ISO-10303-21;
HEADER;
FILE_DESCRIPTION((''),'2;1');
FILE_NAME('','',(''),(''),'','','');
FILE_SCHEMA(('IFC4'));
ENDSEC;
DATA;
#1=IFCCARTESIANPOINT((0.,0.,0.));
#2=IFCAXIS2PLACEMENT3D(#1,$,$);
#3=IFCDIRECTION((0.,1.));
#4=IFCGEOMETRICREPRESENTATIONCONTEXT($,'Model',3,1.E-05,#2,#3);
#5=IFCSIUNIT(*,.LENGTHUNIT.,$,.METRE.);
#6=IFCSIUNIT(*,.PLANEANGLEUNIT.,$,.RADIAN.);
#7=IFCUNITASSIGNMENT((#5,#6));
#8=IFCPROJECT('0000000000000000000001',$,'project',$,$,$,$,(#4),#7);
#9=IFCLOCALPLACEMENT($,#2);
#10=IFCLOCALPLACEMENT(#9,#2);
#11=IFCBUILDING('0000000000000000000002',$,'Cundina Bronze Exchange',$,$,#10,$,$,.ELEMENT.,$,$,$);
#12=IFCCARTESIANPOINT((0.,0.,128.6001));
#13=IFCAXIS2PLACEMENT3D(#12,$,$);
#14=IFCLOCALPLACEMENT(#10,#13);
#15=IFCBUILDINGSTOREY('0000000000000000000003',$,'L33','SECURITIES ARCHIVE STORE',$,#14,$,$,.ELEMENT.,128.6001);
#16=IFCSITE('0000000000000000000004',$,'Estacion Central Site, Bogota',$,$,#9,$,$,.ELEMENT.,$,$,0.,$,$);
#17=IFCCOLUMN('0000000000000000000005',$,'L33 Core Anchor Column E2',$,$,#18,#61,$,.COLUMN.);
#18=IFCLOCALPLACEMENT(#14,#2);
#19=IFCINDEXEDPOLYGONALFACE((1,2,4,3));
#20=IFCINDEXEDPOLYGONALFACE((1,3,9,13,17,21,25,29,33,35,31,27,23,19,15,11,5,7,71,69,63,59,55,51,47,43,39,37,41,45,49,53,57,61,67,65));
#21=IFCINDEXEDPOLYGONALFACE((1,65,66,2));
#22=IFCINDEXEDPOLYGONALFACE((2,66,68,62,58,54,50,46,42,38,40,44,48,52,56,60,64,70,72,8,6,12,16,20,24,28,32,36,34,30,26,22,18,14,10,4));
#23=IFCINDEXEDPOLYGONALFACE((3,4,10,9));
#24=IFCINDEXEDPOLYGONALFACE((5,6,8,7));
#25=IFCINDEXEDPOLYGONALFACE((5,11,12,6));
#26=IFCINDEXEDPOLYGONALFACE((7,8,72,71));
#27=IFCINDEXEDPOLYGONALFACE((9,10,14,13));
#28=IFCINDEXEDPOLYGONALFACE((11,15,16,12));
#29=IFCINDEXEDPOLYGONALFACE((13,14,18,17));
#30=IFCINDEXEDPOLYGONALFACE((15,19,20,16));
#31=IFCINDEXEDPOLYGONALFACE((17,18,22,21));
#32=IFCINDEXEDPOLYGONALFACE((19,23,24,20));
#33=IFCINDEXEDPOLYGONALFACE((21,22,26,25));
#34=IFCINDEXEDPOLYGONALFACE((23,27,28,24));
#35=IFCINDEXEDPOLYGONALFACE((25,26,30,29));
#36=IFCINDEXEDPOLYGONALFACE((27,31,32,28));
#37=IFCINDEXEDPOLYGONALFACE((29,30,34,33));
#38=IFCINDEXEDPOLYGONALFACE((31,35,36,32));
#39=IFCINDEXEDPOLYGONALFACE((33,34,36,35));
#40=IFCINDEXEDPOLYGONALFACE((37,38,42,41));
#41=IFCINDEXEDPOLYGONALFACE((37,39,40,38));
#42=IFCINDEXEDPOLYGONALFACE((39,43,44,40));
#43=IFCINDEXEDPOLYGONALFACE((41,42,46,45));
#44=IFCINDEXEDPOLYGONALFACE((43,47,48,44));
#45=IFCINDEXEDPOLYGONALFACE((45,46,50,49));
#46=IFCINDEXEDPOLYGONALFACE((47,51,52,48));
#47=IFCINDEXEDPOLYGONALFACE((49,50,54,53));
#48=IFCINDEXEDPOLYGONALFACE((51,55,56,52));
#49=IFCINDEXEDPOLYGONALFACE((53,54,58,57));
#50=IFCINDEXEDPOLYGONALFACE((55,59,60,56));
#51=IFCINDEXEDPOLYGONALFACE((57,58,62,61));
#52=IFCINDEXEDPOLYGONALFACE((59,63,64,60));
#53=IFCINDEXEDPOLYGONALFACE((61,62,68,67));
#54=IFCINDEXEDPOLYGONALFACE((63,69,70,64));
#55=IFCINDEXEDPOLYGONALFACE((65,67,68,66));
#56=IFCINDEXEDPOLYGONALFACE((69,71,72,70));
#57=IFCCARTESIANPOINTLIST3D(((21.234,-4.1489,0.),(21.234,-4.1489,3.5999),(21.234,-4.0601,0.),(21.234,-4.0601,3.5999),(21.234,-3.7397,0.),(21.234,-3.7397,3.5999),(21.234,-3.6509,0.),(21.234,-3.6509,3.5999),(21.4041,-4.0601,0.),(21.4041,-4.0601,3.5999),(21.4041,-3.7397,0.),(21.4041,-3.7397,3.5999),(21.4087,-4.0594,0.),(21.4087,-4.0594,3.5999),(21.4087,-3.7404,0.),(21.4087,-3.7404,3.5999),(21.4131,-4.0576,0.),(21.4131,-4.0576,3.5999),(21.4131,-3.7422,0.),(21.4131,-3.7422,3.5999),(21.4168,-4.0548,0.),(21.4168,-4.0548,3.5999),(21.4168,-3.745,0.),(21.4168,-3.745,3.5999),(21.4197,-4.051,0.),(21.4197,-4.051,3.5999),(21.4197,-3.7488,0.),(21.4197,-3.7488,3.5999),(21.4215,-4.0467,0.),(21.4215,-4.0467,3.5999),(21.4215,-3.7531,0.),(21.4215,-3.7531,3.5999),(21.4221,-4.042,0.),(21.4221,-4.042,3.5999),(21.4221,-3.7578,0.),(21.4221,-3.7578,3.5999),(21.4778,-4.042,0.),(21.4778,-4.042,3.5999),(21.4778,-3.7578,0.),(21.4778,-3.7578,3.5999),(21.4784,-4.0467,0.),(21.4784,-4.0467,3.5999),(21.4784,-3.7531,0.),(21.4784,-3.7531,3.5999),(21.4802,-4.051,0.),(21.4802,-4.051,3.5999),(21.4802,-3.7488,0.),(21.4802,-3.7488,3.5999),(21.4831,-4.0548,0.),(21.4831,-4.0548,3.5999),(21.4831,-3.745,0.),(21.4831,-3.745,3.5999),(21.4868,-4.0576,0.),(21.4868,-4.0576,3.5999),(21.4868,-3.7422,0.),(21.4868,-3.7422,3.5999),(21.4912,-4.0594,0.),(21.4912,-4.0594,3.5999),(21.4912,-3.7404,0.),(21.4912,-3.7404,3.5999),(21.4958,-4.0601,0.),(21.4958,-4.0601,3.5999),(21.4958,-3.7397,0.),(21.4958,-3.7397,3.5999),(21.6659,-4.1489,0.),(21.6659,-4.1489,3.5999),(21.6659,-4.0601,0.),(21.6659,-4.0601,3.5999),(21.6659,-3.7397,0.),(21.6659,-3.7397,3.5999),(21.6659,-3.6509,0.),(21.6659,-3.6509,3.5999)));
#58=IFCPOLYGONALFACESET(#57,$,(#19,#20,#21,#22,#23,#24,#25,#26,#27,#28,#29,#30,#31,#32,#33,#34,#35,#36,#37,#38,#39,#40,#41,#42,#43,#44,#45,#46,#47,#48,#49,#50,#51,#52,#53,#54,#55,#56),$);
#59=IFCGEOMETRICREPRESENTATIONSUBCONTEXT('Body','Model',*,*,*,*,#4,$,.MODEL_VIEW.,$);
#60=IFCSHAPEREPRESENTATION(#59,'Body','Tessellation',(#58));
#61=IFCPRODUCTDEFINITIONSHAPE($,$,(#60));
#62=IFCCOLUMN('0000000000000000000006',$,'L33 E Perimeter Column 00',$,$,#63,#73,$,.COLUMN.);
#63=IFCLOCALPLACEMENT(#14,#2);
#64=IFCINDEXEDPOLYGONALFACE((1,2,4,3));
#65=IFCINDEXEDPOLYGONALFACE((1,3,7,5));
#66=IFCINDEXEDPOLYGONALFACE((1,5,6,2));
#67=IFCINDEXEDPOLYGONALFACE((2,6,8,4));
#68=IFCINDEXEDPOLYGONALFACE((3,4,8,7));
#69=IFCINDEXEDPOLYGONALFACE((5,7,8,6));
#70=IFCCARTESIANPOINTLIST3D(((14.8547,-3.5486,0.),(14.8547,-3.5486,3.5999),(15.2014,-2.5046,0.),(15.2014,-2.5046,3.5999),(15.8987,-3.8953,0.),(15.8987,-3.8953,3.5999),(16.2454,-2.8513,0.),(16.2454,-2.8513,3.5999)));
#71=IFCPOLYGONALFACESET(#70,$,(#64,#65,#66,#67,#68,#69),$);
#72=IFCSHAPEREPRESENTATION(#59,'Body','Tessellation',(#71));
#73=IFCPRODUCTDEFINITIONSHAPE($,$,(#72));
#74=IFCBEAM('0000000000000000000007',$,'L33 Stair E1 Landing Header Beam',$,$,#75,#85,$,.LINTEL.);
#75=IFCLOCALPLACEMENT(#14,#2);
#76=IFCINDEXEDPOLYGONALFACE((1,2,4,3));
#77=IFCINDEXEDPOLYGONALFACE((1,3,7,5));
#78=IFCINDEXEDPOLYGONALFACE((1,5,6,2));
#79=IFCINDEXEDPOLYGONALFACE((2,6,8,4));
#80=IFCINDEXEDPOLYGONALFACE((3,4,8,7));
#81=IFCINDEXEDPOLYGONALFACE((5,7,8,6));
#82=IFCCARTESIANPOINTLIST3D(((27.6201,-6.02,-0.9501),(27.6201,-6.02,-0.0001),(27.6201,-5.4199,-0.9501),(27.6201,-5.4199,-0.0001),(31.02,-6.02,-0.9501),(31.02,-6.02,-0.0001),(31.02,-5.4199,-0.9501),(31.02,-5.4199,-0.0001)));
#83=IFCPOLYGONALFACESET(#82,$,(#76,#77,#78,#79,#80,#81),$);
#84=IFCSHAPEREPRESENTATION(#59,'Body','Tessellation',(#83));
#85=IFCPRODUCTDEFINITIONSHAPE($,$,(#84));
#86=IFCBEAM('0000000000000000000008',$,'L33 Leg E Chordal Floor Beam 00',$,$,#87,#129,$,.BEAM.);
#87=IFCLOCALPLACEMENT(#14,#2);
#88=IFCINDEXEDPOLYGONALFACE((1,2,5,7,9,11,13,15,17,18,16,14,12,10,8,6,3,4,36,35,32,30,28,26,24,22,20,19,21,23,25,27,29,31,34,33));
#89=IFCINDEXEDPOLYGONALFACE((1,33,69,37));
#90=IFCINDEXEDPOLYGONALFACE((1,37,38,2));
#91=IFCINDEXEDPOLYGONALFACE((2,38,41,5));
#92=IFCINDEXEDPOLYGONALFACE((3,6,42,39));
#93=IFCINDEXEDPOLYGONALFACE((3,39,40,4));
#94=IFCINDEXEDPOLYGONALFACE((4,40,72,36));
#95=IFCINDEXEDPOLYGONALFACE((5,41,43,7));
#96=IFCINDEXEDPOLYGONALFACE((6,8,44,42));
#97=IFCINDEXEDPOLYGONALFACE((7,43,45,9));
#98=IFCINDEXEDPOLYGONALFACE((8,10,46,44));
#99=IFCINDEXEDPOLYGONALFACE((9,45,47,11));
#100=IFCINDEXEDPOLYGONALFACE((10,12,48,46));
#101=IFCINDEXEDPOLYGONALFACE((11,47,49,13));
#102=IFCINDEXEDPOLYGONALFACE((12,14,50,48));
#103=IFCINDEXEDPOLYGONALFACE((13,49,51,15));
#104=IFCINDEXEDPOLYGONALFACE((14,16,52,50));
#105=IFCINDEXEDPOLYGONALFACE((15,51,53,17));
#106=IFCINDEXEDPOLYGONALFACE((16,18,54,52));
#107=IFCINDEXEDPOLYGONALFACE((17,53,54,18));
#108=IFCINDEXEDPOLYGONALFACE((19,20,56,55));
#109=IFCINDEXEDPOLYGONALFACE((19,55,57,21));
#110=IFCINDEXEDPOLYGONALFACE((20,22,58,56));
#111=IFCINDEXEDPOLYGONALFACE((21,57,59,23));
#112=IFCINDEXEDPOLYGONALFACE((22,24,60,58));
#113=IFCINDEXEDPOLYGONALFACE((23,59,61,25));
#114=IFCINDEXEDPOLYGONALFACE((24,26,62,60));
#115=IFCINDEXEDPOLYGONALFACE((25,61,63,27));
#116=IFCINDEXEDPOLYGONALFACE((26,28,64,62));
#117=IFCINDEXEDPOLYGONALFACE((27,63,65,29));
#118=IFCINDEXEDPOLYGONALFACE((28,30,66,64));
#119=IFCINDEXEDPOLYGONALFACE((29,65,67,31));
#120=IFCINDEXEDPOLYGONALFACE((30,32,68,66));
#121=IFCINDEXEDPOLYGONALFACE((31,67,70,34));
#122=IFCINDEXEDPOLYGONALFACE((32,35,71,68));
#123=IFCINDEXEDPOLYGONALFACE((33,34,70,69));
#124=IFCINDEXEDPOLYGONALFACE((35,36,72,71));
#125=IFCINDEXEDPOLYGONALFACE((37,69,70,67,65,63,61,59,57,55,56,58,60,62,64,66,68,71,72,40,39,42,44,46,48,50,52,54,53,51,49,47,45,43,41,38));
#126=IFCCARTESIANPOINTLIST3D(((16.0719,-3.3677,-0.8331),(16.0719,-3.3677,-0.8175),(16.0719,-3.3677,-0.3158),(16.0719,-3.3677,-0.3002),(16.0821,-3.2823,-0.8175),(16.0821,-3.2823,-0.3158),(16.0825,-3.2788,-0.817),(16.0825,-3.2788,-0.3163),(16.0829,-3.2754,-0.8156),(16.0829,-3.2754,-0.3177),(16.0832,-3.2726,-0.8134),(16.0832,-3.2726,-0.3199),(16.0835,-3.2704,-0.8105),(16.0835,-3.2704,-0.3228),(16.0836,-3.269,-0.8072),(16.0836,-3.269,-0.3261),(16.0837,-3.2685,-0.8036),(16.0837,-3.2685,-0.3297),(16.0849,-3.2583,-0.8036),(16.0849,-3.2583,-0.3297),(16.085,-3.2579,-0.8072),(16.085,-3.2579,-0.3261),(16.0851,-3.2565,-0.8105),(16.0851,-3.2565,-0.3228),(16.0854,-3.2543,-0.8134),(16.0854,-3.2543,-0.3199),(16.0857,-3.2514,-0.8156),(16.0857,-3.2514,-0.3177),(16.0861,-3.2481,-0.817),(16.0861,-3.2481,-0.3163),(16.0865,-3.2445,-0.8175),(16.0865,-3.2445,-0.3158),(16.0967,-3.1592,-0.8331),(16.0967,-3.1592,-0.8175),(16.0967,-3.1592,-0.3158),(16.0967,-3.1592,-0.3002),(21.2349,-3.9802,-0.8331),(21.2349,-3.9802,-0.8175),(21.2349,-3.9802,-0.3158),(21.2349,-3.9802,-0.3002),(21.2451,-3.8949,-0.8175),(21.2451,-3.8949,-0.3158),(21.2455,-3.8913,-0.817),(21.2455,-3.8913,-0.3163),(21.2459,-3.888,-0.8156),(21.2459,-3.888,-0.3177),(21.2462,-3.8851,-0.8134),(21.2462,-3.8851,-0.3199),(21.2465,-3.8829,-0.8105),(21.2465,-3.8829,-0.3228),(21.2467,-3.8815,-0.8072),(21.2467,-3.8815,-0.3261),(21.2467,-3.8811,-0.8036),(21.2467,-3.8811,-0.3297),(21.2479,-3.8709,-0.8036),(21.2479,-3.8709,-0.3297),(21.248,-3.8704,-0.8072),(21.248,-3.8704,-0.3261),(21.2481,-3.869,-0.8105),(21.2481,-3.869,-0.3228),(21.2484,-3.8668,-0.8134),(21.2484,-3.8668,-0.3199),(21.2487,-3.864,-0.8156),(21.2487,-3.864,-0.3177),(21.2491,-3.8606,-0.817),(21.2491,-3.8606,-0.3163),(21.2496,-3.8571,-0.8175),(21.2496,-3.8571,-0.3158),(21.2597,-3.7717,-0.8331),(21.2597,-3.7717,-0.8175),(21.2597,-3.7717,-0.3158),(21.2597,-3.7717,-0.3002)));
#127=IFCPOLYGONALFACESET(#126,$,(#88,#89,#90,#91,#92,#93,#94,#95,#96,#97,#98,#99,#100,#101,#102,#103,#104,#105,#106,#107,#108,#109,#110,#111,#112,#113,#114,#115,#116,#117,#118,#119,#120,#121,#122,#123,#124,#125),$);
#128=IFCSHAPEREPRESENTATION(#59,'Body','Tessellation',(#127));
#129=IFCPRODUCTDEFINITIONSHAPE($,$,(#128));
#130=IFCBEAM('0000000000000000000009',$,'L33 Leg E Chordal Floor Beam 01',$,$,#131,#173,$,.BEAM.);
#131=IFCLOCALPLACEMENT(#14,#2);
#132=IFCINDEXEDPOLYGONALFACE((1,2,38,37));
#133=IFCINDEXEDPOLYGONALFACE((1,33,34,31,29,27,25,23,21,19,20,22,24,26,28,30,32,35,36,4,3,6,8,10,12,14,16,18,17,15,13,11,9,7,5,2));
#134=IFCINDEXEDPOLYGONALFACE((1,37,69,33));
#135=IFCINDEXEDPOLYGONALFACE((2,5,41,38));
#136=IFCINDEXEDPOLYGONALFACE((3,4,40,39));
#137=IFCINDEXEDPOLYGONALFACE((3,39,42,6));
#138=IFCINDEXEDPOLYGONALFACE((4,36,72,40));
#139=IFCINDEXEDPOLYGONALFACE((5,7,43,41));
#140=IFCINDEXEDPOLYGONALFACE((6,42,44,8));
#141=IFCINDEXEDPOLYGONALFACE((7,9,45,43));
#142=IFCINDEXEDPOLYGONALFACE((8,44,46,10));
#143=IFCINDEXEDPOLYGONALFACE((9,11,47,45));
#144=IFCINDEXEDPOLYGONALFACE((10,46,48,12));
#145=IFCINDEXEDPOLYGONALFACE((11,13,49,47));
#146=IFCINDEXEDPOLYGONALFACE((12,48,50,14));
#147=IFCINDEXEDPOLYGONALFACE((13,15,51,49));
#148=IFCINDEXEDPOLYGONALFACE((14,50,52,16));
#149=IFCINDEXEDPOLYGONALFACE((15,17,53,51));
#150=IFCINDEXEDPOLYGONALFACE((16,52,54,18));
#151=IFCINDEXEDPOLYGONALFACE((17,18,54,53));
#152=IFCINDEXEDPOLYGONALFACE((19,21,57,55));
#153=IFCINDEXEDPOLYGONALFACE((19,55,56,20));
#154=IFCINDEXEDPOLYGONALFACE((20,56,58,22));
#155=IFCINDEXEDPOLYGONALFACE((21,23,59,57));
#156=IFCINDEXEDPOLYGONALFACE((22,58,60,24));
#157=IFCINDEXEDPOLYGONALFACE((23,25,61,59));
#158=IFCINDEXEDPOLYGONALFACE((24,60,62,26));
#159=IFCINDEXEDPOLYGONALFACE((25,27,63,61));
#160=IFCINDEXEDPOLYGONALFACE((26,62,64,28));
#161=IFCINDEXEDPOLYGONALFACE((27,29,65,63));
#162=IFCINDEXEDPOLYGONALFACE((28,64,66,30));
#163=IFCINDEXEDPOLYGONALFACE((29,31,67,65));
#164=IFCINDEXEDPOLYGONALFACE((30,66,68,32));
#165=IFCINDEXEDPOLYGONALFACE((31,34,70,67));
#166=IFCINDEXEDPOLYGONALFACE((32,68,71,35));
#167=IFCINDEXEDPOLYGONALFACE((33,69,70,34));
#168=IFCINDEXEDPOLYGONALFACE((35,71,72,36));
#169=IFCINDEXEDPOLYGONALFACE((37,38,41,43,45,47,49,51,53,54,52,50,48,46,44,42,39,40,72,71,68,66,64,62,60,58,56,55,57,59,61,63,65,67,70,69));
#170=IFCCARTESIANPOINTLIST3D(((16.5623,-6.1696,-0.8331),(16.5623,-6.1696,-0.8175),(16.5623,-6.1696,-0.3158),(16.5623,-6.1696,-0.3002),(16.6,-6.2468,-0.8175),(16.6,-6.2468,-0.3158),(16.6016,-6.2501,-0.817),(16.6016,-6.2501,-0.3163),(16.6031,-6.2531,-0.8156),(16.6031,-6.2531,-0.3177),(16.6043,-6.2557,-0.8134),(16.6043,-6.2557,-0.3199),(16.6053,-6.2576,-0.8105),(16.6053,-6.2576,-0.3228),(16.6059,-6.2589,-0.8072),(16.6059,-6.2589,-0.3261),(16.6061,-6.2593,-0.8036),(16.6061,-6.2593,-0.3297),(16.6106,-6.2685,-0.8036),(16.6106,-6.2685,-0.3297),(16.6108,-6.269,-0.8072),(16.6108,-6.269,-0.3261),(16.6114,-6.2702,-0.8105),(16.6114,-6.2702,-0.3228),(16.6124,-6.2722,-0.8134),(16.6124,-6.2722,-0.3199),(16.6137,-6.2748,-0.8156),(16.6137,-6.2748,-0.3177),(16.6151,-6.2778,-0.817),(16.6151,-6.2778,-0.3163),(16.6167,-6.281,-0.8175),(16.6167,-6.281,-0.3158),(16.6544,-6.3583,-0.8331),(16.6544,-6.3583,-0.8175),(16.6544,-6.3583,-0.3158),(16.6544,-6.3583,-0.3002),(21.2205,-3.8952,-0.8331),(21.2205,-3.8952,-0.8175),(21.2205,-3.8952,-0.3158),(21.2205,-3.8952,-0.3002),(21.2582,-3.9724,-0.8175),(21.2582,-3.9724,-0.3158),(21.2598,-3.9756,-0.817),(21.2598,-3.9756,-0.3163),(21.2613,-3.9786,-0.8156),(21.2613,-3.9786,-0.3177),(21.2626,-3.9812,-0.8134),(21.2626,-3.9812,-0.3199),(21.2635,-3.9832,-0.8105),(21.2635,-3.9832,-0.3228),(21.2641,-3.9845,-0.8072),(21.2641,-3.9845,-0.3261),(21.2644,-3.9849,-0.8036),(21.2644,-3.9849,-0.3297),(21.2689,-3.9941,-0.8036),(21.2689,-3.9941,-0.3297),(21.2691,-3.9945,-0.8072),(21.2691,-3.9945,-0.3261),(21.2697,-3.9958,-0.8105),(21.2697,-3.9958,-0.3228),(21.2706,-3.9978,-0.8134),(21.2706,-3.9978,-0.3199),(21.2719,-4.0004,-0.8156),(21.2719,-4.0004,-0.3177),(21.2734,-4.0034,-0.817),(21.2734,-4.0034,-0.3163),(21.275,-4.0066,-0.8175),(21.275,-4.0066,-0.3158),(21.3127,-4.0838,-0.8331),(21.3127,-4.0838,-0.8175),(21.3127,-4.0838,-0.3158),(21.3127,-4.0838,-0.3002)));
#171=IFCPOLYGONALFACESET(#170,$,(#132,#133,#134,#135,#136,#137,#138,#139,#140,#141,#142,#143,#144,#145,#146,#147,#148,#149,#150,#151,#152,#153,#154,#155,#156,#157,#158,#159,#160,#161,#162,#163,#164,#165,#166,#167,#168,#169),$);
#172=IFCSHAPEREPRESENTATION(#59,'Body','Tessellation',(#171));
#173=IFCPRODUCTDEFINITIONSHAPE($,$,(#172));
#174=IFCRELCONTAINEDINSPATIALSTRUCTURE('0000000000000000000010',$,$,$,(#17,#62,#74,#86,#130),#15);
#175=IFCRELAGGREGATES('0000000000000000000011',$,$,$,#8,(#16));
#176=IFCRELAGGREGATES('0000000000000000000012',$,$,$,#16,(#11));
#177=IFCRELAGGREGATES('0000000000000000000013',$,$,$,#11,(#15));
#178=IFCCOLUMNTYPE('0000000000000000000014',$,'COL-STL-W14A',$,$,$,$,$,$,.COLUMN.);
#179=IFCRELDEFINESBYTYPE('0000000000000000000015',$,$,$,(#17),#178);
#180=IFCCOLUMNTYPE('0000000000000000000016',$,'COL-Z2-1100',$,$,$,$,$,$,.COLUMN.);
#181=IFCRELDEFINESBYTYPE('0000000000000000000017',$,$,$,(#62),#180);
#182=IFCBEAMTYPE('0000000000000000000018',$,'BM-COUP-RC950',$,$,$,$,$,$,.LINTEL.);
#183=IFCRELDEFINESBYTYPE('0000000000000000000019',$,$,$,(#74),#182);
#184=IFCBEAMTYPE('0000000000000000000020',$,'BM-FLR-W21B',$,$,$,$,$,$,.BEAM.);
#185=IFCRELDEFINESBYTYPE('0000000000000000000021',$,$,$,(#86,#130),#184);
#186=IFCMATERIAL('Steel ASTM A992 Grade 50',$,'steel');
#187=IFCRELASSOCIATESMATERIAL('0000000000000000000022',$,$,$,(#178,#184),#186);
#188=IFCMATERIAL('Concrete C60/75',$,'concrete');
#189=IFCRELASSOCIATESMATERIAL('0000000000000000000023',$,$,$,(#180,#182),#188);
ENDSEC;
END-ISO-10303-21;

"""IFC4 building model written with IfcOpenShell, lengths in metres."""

from ifc_helpers import new_model, si_unit, direction, frame, origin, origin_2d, place, context, subcontext, project, spatial, rectangle, i_section, extrude, material, material_profile, profile_set, type_object, element, save


model = new_model("IFC4")

# Units and contexts
model_context = context("Model", 3, precision=1e-05, world=origin(), true_north=direction((0.0, 1.0)))
body_context = subcontext(model_context, "Body", "Model", "MODEL_VIEW")
ifc_project = project(units=[si_unit("LENGTHUNIT", "METRE"), si_unit("PLANEANGLEUNIT", "RADIAN")], contexts=[model_context])

# Site, building, storey
site_placement = place(None, origin())
site = spatial("IfcSite", under=ifc_project, at=site_placement, Name="Estacion Central Site, Bogota", CompositionType="ELEMENT", RefElevation=0.0)
building_placement = place(site_placement, origin())
building = spatial("IfcBuilding", under=site, at=building_placement, Name="Cundina Bronze Exchange", CompositionType="ELEMENT")
storey_placement = place(building_placement, frame((0.0, 0.0, 128.6001)))
storey = spatial("IfcBuildingStorey", under=building, at=storey_placement, Name="L33", Description="SECURITIES ARCHIVE STORE", CompositionType="ELEMENT", Elevation=128.6001)

# Columns
ifc_material_1 = material(Name="Steel ASTM A992 Grade 50", Category="steel")
ifc_material_profile_1 = material_profile(ifc_material_1, i_section(OverallWidth=0.4319, OverallDepth=0.498, WebThickness=0.0557, FlangeThickness=0.0889, FilletRadius=0.0181, at=origin_2d()), Name="W14X500", Category="steel")
ifc_profile_set_1 = profile_set([ifc_material_profile_1], Name="Steel ASTM A992 Grade 50")
column_type_1 = type_object("IfcColumnType", Name="COL-STL-W14A", PredefinedType="COLUMN", material=ifc_profile_set_1)
column_1_placement = place(storey_placement, frame((21.45, -3.8999, 0.0), z_axis=(0.0, 0.0, 1.0), x_axis=(1.0, 0.0, 0.0)))
element("IfcColumn", 1, at=column_1_placement, inside=storey, type_object=column_type_1, Name="L33 Core Anchor Column E2", PredefinedType="COLUMN", context=body_context, shape_type="SweptSolid", body=[
    extrude(i_section(OverallWidth=0.4319, OverallDepth=0.498, WebThickness=0.0557, FlangeThickness=0.0889, FilletRadius=0.0181, at=origin_2d()), origin(), (0.0, 0.0, 1.0), 3.5999),
])
ifc_material_2 = material(Name="Concrete C60/75", Category="concrete")
ifc_material_profile_2 = material_profile(ifc_material_2, rectangle(XDim=1.1001, YDim=1.1001, at=origin_2d()), Name="RC1100X1100", Category="concrete")
ifc_profile_set_2 = profile_set([ifc_material_profile_2], Name="Concrete C60/75")
column_type_2 = type_object("IfcColumnType", Name="COL-Z2-1100", PredefinedType="COLUMN", material=ifc_profile_set_2)
column_2_placement = place(storey_placement, frame((15.55, -3.2, 0.0), z_axis=(0.0, 0.0, 1.0), x_axis=(-0.315152, -0.949041, 0.0)))
element("IfcColumn", 2, at=column_2_placement, inside=storey, type_object=column_type_2, Name="L33 E Perimeter Column 00", PredefinedType="COLUMN", context=body_context, shape_type="SweptSolid", body=[
    extrude(rectangle(XDim=1.1001, YDim=1.1001, at=origin_2d()), origin(), (0.0, 0.0, 1.0), 3.5999),
])

# Beams
ifc_material_profile_3 = material_profile(ifc_material_2, rectangle(XDim=0.6001, YDim=0.95, at=origin_2d()), Name="RC600X950", Category="concrete")
ifc_profile_set_3 = profile_set([ifc_material_profile_3], Name="Concrete C60/75")
beam_type_1 = type_object("IfcBeamType", Name="BM-COUP-RC950", PredefinedType="LINTEL", material=ifc_profile_set_3)
beam_1_placement = place(storey_placement, frame((27.6201, -5.72, -0.4751), z_axis=(1.0, 0.0, 0.0), x_axis=(0.0, 1.0, 0.0)))
element("IfcBeam", 3, at=beam_1_placement, inside=storey, type_object=beam_type_1, Name="L33 Stair E1 Landing Header Beam", PredefinedType="LINTEL", context=body_context, shape_type="SweptSolid", body=[
    extrude(rectangle(XDim=0.6001, YDim=0.95, at=origin_2d()), origin(), (0.0, 0.0, 1.0), 3.3999),
])
ifc_material_profile_4 = material_profile(ifc_material_1, i_section(OverallWidth=0.21, OverallDepth=0.533, WebThickness=0.0103, FlangeThickness=0.0156, FilletRadius=0.0139, at=origin_2d()), Name="W21X62", Category="steel")
ifc_profile_set_4 = profile_set([ifc_material_profile_4], Name="Steel ASTM A992 Grade 50")
beam_type_2 = type_object("IfcBeamType", Name="BM-FLR-W21B", PredefinedType="BEAM", material=ifc_profile_set_4)
beam_2_placement = place(storey_placement, frame((21.2473, -3.876, -0.5667), z_axis=(-0.993036, 0.117814, 0.0), x_axis=(-0.117814, -0.993036, 0.0)))
element("IfcBeam", 4, at=beam_2_placement, inside=storey, type_object=beam_type_2, Name="L33 Leg E Chordal Floor Beam 00", PredefinedType="BEAM", context=body_context, shape_type="SweptSolid", body=[
    extrude(i_section(OverallWidth=0.21, OverallDepth=0.533, WebThickness=0.0103, FlangeThickness=0.0156, FilletRadius=0.0139, at=origin_2d()), origin(), (0.0, 0.0, 1.0), 5.1992),
])
beam_3_placement = place(storey_placement, frame((21.2666, -3.9895, -0.5667), z_axis=(-0.898607, -0.438754, 0.0), x_axis=(0.438754, -0.898607, 0.0)))
element("IfcBeam", 5, at=beam_3_placement, inside=storey, type_object=beam_type_2, Name="L33 Leg E Chordal Floor Beam 01", PredefinedType="BEAM", context=body_context, shape_type="SweptSolid", body=[
    extrude(i_section(OverallWidth=0.21, OverallDepth=0.533, WebThickness=0.0103, FlangeThickness=0.0156, FilletRadius=0.0139, at=origin_2d()), origin(), (0.0, 0.0, 1.0), 5.1838),
])

save(model, "model.ifc")
